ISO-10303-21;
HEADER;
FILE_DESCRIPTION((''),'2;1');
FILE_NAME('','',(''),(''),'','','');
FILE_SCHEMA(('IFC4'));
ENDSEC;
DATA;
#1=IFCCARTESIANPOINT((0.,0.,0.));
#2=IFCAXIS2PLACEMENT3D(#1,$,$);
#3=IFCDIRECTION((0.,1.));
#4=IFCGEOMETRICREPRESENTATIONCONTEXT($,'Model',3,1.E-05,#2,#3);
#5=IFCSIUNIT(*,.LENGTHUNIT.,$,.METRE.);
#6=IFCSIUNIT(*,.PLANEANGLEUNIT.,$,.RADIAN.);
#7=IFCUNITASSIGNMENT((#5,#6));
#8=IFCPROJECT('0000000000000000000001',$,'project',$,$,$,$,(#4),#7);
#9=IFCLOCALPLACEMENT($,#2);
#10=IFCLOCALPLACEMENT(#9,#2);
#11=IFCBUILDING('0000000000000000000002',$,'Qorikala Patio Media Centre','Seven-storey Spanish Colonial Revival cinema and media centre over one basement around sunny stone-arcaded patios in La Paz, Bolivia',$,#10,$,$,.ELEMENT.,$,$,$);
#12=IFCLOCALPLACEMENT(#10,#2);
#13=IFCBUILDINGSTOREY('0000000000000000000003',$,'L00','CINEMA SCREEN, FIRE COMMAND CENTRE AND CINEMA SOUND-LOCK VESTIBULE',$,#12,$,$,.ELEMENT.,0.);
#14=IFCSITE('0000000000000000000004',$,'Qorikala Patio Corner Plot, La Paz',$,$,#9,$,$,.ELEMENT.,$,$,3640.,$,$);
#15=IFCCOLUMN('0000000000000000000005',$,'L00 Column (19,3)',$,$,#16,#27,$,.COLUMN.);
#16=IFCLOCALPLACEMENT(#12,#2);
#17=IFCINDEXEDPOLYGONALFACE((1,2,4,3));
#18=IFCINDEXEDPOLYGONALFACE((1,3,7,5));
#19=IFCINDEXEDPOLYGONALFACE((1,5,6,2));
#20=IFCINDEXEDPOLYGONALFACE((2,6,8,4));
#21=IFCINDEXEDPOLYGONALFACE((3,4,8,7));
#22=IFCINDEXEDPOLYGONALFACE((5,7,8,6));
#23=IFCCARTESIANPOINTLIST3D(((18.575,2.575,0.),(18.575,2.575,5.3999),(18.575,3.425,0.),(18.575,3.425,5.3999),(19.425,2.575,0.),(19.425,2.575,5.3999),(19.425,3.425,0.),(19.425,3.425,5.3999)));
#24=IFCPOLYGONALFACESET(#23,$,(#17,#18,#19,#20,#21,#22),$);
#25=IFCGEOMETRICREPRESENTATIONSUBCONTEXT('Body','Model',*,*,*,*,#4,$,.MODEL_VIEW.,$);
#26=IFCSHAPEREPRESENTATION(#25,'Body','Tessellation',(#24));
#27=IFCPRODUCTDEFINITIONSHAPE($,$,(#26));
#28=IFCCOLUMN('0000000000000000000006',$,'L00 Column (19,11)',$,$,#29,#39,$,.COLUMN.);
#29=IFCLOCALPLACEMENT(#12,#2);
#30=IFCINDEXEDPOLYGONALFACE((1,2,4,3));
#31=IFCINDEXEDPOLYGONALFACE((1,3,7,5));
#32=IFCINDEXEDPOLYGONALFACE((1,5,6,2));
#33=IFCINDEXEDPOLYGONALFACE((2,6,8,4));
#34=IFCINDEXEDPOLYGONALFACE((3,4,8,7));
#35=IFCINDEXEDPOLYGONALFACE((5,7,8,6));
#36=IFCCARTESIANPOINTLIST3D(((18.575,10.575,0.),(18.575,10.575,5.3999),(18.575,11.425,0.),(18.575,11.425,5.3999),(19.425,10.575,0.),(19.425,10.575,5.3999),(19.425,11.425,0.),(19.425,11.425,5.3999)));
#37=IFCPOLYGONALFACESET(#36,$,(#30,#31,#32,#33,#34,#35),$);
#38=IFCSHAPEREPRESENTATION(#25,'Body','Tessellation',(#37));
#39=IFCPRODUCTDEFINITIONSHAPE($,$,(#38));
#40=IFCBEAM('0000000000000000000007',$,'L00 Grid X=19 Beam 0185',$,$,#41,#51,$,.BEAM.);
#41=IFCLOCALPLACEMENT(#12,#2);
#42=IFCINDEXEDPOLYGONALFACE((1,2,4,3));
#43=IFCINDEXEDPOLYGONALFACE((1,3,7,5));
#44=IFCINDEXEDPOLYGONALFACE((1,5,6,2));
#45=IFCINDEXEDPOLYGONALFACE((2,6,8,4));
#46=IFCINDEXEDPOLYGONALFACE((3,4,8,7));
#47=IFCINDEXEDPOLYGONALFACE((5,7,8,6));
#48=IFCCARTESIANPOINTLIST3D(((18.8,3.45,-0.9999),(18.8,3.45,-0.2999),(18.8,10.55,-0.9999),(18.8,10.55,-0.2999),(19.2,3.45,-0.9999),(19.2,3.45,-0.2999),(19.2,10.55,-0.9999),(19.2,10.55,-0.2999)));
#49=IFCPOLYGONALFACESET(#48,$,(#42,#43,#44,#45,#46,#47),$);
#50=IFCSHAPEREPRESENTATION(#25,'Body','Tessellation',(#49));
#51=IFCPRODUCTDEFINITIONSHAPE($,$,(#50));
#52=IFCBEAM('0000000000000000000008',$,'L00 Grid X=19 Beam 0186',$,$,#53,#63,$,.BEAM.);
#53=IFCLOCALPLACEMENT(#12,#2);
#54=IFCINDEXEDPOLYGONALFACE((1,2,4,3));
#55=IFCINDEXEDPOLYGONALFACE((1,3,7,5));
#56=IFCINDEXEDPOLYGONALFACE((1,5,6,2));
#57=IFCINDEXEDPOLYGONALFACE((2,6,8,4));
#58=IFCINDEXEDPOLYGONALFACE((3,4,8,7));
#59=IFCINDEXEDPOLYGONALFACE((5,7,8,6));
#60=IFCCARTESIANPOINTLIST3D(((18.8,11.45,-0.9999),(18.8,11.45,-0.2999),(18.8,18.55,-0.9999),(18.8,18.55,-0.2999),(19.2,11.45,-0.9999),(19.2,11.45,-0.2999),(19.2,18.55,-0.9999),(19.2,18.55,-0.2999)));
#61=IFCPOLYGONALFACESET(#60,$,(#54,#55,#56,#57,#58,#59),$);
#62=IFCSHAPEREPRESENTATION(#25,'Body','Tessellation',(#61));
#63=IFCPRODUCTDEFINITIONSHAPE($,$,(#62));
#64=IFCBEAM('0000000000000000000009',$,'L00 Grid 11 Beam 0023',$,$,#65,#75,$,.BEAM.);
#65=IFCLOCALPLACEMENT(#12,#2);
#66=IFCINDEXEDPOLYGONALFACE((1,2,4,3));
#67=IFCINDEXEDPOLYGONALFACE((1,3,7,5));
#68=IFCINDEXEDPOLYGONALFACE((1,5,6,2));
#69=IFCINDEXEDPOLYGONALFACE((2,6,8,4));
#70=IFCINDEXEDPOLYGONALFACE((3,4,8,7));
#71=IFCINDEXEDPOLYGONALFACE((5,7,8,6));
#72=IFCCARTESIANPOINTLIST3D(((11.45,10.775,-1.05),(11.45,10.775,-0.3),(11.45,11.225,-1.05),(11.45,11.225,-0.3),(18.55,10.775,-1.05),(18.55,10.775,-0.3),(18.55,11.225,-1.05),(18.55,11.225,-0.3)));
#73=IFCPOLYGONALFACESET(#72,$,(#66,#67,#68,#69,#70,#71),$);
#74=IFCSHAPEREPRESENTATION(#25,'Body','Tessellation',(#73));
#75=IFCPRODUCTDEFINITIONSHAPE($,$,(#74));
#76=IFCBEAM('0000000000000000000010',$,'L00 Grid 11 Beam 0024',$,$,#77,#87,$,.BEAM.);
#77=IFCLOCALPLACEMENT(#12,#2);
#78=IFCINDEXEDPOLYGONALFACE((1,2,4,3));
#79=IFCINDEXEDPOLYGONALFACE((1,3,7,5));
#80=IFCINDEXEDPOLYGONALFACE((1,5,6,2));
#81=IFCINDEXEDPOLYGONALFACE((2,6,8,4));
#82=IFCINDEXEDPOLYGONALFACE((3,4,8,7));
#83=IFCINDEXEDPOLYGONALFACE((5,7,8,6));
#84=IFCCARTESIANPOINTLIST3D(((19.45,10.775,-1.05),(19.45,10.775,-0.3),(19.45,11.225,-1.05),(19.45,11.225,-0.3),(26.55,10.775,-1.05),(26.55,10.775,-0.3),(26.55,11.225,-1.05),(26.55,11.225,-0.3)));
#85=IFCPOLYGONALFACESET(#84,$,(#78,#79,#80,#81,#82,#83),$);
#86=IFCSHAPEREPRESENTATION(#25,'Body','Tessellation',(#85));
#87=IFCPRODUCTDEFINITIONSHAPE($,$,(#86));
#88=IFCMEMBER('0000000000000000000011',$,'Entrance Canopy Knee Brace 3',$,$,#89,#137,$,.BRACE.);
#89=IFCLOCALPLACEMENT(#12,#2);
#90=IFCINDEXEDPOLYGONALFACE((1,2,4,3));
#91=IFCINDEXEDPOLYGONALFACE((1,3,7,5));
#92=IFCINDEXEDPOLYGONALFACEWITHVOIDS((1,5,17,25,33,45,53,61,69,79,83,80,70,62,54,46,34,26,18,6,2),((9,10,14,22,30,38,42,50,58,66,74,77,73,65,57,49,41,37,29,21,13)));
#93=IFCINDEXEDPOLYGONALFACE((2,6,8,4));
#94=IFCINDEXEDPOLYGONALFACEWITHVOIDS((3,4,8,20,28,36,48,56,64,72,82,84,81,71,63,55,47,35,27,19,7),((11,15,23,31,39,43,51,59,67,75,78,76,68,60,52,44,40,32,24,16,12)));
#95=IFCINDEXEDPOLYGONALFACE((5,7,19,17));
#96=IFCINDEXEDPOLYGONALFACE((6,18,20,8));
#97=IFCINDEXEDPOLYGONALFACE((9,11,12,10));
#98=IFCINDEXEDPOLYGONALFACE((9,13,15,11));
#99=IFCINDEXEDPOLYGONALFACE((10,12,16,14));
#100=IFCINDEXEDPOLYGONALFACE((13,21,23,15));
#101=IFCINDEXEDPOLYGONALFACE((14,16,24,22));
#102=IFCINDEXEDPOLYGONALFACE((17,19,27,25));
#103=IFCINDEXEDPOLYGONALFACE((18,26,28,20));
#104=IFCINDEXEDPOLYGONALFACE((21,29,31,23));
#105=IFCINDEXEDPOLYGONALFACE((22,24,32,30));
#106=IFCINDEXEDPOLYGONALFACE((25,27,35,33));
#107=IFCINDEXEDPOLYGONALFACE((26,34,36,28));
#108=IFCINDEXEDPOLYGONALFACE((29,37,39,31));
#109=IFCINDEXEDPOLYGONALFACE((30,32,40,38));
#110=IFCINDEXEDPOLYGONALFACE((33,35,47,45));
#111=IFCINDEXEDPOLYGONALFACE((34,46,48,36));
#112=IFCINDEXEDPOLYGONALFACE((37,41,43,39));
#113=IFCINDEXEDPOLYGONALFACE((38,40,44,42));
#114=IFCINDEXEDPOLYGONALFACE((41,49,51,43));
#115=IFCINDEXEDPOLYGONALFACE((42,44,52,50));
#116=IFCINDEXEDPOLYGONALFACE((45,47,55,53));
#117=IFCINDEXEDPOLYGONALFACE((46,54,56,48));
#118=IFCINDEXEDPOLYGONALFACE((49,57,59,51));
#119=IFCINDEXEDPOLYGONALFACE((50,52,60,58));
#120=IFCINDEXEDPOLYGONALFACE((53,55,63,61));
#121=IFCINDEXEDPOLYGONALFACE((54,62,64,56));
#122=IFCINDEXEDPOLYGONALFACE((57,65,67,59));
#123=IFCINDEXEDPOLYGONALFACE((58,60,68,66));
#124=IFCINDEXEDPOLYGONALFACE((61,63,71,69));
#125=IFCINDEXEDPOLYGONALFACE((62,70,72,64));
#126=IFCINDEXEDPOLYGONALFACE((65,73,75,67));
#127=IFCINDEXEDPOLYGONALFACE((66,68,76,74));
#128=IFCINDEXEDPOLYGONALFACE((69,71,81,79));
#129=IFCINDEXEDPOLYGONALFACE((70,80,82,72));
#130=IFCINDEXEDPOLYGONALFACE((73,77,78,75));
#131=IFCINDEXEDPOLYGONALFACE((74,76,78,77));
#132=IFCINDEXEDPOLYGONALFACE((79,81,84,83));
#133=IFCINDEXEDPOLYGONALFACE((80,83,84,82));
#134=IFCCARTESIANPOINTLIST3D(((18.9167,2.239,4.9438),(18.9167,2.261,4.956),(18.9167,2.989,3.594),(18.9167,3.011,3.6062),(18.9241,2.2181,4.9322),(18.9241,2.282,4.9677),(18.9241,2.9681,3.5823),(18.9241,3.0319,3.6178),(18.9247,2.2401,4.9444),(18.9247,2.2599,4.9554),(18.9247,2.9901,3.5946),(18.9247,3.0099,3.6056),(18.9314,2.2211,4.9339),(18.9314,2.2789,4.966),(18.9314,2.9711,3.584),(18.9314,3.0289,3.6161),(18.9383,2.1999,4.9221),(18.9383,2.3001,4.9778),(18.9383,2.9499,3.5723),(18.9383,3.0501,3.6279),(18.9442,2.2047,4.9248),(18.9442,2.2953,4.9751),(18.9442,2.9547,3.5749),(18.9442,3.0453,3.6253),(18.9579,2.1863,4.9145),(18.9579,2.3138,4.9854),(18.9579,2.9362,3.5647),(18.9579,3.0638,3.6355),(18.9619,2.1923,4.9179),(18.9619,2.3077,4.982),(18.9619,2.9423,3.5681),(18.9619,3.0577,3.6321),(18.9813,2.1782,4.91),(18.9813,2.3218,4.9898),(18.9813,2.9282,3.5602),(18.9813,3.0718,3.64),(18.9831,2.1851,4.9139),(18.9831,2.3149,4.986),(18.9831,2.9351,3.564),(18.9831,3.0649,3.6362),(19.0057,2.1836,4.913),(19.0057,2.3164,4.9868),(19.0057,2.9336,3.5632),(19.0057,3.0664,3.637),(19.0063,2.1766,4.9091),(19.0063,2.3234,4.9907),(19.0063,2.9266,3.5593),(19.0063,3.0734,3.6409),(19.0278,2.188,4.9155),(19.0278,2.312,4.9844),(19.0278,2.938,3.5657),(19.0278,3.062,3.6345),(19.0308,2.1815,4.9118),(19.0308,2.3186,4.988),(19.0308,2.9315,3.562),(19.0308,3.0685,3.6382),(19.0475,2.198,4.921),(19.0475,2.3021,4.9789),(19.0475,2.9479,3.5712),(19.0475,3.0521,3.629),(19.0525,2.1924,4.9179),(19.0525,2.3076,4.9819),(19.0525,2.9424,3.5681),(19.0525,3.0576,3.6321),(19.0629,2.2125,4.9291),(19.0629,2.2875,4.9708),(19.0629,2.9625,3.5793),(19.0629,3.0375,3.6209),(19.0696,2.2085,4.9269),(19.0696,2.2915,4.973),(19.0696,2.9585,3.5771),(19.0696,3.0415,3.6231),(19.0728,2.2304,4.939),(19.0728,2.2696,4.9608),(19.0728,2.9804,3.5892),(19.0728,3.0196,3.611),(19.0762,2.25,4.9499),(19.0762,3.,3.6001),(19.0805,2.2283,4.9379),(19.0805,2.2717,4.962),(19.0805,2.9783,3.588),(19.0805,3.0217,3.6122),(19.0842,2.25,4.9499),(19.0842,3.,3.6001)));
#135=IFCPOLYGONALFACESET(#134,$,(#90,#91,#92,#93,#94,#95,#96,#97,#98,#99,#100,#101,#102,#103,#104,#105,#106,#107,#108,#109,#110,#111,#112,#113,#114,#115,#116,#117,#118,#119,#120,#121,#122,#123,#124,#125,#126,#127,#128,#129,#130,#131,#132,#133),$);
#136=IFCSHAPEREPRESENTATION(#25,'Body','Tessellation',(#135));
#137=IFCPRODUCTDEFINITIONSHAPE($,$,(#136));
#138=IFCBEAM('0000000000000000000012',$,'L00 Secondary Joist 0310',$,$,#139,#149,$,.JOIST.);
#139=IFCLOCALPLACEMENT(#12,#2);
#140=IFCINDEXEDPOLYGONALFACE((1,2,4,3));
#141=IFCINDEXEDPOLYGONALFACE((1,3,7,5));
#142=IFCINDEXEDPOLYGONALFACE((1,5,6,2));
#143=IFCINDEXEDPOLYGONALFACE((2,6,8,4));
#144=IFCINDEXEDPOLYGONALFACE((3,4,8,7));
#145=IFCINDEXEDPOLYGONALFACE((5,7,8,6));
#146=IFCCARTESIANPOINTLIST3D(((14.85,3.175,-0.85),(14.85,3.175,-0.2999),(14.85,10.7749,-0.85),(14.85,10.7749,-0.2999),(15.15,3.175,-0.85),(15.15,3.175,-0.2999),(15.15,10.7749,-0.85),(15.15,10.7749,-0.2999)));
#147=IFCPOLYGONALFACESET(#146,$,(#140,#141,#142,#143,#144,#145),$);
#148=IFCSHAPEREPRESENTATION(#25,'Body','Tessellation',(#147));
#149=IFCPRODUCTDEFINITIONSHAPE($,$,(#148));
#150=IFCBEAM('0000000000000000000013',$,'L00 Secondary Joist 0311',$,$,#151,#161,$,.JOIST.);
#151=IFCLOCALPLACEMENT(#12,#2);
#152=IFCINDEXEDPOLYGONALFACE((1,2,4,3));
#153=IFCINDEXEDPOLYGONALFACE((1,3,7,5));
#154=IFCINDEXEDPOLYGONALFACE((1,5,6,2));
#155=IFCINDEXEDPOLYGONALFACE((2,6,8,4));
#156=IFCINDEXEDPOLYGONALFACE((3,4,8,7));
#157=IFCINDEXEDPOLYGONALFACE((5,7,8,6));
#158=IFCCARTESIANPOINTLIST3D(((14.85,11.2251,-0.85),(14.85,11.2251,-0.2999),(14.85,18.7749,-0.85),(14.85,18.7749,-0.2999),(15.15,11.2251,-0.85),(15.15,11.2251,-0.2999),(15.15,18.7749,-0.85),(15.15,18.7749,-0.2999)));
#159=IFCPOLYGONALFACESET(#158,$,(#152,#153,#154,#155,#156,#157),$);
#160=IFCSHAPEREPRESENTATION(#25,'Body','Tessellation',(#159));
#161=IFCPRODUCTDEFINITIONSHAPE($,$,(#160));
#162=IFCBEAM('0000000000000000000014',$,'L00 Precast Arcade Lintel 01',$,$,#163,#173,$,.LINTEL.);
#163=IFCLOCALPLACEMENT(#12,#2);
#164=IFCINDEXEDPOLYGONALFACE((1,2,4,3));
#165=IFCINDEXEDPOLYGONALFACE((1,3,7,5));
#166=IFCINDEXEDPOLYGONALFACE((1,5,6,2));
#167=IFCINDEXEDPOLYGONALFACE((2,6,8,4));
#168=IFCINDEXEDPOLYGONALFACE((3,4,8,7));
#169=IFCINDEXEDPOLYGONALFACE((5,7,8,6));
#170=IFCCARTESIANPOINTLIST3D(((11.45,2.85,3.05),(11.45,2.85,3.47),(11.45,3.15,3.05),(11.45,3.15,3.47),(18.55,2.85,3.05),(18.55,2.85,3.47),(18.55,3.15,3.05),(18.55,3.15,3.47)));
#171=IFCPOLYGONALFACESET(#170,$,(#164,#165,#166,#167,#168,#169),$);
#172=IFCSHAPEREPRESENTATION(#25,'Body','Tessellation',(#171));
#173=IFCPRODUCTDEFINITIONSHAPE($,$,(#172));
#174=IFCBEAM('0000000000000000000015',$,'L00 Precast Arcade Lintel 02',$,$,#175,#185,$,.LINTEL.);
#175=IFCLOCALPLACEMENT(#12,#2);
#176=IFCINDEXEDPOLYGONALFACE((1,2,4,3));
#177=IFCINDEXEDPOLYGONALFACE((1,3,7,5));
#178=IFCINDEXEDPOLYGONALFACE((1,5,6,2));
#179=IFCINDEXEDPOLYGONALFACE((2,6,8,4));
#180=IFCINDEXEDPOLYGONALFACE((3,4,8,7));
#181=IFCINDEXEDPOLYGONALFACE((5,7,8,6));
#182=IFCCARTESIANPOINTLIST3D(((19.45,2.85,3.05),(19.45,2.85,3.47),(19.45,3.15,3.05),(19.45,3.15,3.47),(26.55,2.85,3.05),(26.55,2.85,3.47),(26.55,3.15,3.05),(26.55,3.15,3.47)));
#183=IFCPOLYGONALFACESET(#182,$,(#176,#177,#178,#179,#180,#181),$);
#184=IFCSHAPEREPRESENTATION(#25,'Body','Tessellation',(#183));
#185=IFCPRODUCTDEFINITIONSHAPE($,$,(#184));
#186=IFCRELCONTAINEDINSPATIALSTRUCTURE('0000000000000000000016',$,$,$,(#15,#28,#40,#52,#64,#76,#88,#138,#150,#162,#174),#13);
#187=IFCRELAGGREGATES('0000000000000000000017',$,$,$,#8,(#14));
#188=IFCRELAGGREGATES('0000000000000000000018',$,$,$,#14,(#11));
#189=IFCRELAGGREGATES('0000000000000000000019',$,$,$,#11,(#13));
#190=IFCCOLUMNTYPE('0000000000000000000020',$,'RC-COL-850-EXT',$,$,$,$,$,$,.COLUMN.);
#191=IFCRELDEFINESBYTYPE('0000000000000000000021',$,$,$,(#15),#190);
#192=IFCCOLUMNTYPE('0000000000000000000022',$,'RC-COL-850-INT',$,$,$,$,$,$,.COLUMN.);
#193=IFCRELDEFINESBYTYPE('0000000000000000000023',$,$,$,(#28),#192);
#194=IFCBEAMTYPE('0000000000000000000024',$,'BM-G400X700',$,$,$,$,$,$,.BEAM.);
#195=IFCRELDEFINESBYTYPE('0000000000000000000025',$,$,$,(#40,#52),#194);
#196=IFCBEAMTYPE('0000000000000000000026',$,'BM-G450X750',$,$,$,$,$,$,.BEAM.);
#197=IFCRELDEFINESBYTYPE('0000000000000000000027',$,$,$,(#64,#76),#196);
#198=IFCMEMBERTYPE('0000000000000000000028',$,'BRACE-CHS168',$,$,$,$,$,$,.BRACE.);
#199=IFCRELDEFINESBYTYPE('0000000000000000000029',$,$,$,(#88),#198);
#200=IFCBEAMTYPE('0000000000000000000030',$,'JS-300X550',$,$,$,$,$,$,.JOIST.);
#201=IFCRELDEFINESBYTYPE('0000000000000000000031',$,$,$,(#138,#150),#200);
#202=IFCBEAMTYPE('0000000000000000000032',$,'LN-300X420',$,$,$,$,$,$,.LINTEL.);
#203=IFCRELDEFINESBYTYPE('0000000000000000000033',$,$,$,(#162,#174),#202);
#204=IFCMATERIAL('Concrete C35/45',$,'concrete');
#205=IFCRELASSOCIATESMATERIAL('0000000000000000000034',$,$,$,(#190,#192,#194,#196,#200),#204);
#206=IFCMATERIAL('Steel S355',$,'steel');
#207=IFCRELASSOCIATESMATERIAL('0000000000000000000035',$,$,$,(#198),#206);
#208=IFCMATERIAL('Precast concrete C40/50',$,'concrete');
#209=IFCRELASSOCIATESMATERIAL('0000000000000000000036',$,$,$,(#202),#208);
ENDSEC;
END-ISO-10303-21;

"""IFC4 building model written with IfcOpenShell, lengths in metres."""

from ifc_helpers import new_model, si_unit, direction, frame, origin, origin_2d, place, context, subcontext, project, spatial, rectangle, hollow_circle, extrude, material, material_profile, profile_set, type_object, element, save


model = new_model("IFC4")

# Units and contexts
model_context = context("Model", 3, precision=1e-05, world=origin(), true_north=direction((0.0, 1.0)))
body_context = subcontext(model_context, "Body", "Model", "MODEL_VIEW")
ifc_project = project(units=[si_unit("LENGTHUNIT", "METRE"), si_unit("PLANEANGLEUNIT", "RADIAN")], contexts=[model_context])

# Site, building, storey
site_placement = place(None, origin())
site = spatial("IfcSite", under=ifc_project, at=site_placement, Name="Qorikala Patio Corner Plot, La Paz", CompositionType="ELEMENT", RefElevation=3640.0)
building_placement = place(site_placement, origin())
building = spatial("IfcBuilding", under=site, at=building_placement, Name="Qorikala Patio Media Centre", Description="Seven-storey Spanish Colonial Revival cinema and media centre over one basement around sunny stone-arcaded patios in La Paz, Bolivia", CompositionType="ELEMENT")
storey_placement = place(building_placement, origin())
storey = spatial("IfcBuildingStorey", under=building, at=storey_placement, Name="L00", Description="CINEMA SCREEN, FIRE COMMAND CENTRE AND CINEMA SOUND-LOCK VESTIBULE", CompositionType="ELEMENT", Elevation=0.0)

# Columns
ifc_material_1 = material(Name="Concrete C35/45", Category="concrete")
ifc_material_profile_1 = material_profile(ifc_material_1, rectangle(XDim=0.8501, YDim=0.8501, at=origin_2d()), Name="RC 850x850")
ifc_profile_set_1 = profile_set([ifc_material_profile_1], Name="Concrete C35/45")
column_type_1 = type_object("IfcColumnType", Name="RC-COL-850-EXT", PredefinedType="COLUMN", material=ifc_profile_set_1)
column_1_placement = place(storey_placement, frame((19.0, 3.0, 0.0), z_axis=(0.0, 0.0, 1.0), x_axis=(1.0, 0.0, 0.0)))
element("IfcColumn", 1, at=column_1_placement, inside=storey, type_object=column_type_1, Name="L00 Column (19,3)", PredefinedType="COLUMN", context=body_context, shape_type="SweptSolid", body=[
    extrude(rectangle(XDim=0.8501, YDim=0.8501, at=origin_2d()), origin(), (0.0, 0.0, 1.0), 5.3999),
])
ifc_material_profile_2 = material_profile(ifc_material_1, rectangle(XDim=0.8501, YDim=0.8501, at=origin_2d()), Name="RC 850x850")
ifc_profile_set_2 = profile_set([ifc_material_profile_2], Name="Concrete C35/45")
column_type_2 = type_object("IfcColumnType", Name="RC-COL-850-INT", PredefinedType="COLUMN", material=ifc_profile_set_2)
column_2_placement = place(storey_placement, frame((19.0, 11.0, 0.0), z_axis=(0.0, 0.0, 1.0), x_axis=(1.0, 0.0, 0.0)))
element("IfcColumn", 2, at=column_2_placement, inside=storey, type_object=column_type_2, Name="L00 Column (19,11)", PredefinedType="COLUMN", context=body_context, shape_type="SweptSolid", body=[
    extrude(rectangle(XDim=0.8501, YDim=0.8501, at=origin_2d()), origin(), (0.0, 0.0, 1.0), 5.3999),
])

# Beams
ifc_material_profile_3 = material_profile(ifc_material_1, rectangle(XDim=0.3999, YDim=0.7, at=origin_2d()), Name="RC 400x700")
ifc_profile_set_3 = profile_set([ifc_material_profile_3], Name="Concrete C35/45")
beam_type_1 = type_object("IfcBeamType", Name="BM-G400X700", PredefinedType="BEAM", material=ifc_profile_set_3)
for number, where, z_axis, x_axis, name in (
    (3, (19.0, 3.45, -0.6499), (0.0, 1.0, 0.0), (-1.0, 0.0, 0.0), "L00 Grid X=19 Beam 0185"),
    (4, (19.0, 11.45, -0.6499), (0.0, 1.0, 0.0), (-1.0, 0.0, 0.0), "L00 Grid X=19 Beam 0186"),
):
    element("IfcBeam", number, at=place(storey_placement, frame(where, z_axis=z_axis, x_axis=x_axis)), inside=storey, type_object=beam_type_1, Name=name, PredefinedType="BEAM", context=body_context, shape_type="SweptSolid", body=[
        extrude(rectangle(XDim=0.3999, YDim=0.7, at=origin_2d()), origin(), (0.0, 0.0, 1.0), 7.1001),
    ])
ifc_material_profile_4 = material_profile(ifc_material_1, rectangle(XDim=0.45, YDim=0.75, at=origin_2d()), Name="RC 450x750")
ifc_profile_set_4 = profile_set([ifc_material_profile_4], Name="Concrete C35/45")
beam_type_2 = type_object("IfcBeamType", Name="BM-G450X750", PredefinedType="BEAM", material=ifc_profile_set_4)
for number, where, z_axis, x_axis, name in (
    (5, (11.45, 11.0, -0.675), (1.0, 0.0, 0.0), (0.0, 1.0, 0.0), "L00 Grid 11 Beam 0023"),
    (6, (19.45, 11.0, -0.675), (1.0, 0.0, 0.0), (0.0, 1.0, 0.0), "L00 Grid 11 Beam 0024"),
):
    element("IfcBeam", number, at=place(storey_placement, frame(where, z_axis=z_axis, x_axis=x_axis)), inside=storey, type_object=beam_type_2, Name=name, PredefinedType="BEAM", context=body_context, shape_type="SweptSolid", body=[
        extrude(rectangle(XDim=0.45, YDim=0.75, at=origin_2d()), origin(), (0.0, 0.0, 1.0), 7.1001),
    ])

# Member
ifc_material_2 = material(Name="Steel S355", Category="steel")
ifc_material_profile_5 = material_profile(ifc_material_2, hollow_circle(Radius=0.0842, WallThickness=0.0081, at=origin_2d()), Name="CHS168X8")
ifc_profile_set_5 = profile_set([ifc_material_profile_5], Name="Steel S355")
member_type = type_object("IfcMemberType", Name="BRACE-CHS168", PredefinedType="BRACE", material=ifc_profile_set_5)
member_placement = place(storey_placement, frame((19.0, 3.0, 3.6001), z_axis=(0.0, -0.485683, 0.874135), x_axis=(1.0, 0.0, 0.0)))
element("IfcMember", 7, at=member_placement, inside=storey, type_object=member_type, Name="Entrance Canopy Knee Brace 3", PredefinedType="BRACE", context=body_context, shape_type="SweptSolid", body=[
    extrude(hollow_circle(Radius=0.0842, WallThickness=0.0081, at=origin_2d()), origin(), (0.0, 0.0, 1.0), 1.5442),
])

# Beams
ifc_material_profile_6 = material_profile(ifc_material_1, rectangle(XDim=0.3, YDim=0.55, at=origin_2d()), Name="RC 300x550")
ifc_profile_set_6 = profile_set([ifc_material_profile_6], Name="Concrete C35/45")
beam_type_3 = type_object("IfcBeamType", Name="JS-300X550", PredefinedType="JOIST", material=ifc_profile_set_6)
beam_1_placement = place(storey_placement, frame((15.0, 3.175, -0.575), z_axis=(0.0, 1.0, 0.0), x_axis=(-1.0, 0.0, 0.0)))
element("IfcBeam", 8, at=beam_1_placement, inside=storey, type_object=beam_type_3, Name="L00 Secondary Joist 0310", PredefinedType="JOIST", context=body_context, shape_type="SweptSolid", body=[
    extrude(rectangle(XDim=0.3, YDim=0.55, at=origin_2d()), origin(), (0.0, 0.0, 1.0), 7.5999),
])
beam_2_placement = place(storey_placement, frame((15.0, 11.2251, -0.575), z_axis=(0.0, 1.0, 0.0), x_axis=(-1.0, 0.0, 0.0)))
element("IfcBeam", 9, at=beam_2_placement, inside=storey, type_object=beam_type_3, Name="L00 Secondary Joist 0311", PredefinedType="JOIST", context=body_context, shape_type="SweptSolid", body=[
    extrude(rectangle(XDim=0.3, YDim=0.55, at=origin_2d()), origin(), (0.0, 0.0, 1.0), 7.5498),
])
ifc_material_3 = material(Name="Precast concrete C40/50", Category="concrete")
ifc_material_profile_7 = material_profile(ifc_material_3, rectangle(XDim=0.3, YDim=0.4199, at=origin_2d()), Name="RC 300x420")
ifc_profile_set_7 = profile_set([ifc_material_profile_7], Name="Precast concrete C40/50")
beam_type_4 = type_object("IfcBeamType", Name="LN-300X420", PredefinedType="LINTEL", material=ifc_profile_set_7)
for number, where, z_axis, x_axis, name in (
    (10, (11.45, 3.0, 3.26), (1.0, 0.0, 0.0), (0.0, 1.0, 0.0), "L00 Precast Arcade Lintel 01"),
    (11, (19.45, 3.0, 3.26), (1.0, 0.0, 0.0), (0.0, 1.0, 0.0), "L00 Precast Arcade Lintel 02"),
):
    element("IfcBeam", number, at=place(storey_placement, frame(where, z_axis=z_axis, x_axis=x_axis)), inside=storey, type_object=beam_type_4, Name=name, PredefinedType="LINTEL", context=body_context, shape_type="SweptSolid", body=[
        extrude(rectangle(XDim=0.3, YDim=0.4199, at=origin_2d()), origin(), (0.0, 0.0, 1.0), 7.1001),
    ])

save(model, "model.ifc")
